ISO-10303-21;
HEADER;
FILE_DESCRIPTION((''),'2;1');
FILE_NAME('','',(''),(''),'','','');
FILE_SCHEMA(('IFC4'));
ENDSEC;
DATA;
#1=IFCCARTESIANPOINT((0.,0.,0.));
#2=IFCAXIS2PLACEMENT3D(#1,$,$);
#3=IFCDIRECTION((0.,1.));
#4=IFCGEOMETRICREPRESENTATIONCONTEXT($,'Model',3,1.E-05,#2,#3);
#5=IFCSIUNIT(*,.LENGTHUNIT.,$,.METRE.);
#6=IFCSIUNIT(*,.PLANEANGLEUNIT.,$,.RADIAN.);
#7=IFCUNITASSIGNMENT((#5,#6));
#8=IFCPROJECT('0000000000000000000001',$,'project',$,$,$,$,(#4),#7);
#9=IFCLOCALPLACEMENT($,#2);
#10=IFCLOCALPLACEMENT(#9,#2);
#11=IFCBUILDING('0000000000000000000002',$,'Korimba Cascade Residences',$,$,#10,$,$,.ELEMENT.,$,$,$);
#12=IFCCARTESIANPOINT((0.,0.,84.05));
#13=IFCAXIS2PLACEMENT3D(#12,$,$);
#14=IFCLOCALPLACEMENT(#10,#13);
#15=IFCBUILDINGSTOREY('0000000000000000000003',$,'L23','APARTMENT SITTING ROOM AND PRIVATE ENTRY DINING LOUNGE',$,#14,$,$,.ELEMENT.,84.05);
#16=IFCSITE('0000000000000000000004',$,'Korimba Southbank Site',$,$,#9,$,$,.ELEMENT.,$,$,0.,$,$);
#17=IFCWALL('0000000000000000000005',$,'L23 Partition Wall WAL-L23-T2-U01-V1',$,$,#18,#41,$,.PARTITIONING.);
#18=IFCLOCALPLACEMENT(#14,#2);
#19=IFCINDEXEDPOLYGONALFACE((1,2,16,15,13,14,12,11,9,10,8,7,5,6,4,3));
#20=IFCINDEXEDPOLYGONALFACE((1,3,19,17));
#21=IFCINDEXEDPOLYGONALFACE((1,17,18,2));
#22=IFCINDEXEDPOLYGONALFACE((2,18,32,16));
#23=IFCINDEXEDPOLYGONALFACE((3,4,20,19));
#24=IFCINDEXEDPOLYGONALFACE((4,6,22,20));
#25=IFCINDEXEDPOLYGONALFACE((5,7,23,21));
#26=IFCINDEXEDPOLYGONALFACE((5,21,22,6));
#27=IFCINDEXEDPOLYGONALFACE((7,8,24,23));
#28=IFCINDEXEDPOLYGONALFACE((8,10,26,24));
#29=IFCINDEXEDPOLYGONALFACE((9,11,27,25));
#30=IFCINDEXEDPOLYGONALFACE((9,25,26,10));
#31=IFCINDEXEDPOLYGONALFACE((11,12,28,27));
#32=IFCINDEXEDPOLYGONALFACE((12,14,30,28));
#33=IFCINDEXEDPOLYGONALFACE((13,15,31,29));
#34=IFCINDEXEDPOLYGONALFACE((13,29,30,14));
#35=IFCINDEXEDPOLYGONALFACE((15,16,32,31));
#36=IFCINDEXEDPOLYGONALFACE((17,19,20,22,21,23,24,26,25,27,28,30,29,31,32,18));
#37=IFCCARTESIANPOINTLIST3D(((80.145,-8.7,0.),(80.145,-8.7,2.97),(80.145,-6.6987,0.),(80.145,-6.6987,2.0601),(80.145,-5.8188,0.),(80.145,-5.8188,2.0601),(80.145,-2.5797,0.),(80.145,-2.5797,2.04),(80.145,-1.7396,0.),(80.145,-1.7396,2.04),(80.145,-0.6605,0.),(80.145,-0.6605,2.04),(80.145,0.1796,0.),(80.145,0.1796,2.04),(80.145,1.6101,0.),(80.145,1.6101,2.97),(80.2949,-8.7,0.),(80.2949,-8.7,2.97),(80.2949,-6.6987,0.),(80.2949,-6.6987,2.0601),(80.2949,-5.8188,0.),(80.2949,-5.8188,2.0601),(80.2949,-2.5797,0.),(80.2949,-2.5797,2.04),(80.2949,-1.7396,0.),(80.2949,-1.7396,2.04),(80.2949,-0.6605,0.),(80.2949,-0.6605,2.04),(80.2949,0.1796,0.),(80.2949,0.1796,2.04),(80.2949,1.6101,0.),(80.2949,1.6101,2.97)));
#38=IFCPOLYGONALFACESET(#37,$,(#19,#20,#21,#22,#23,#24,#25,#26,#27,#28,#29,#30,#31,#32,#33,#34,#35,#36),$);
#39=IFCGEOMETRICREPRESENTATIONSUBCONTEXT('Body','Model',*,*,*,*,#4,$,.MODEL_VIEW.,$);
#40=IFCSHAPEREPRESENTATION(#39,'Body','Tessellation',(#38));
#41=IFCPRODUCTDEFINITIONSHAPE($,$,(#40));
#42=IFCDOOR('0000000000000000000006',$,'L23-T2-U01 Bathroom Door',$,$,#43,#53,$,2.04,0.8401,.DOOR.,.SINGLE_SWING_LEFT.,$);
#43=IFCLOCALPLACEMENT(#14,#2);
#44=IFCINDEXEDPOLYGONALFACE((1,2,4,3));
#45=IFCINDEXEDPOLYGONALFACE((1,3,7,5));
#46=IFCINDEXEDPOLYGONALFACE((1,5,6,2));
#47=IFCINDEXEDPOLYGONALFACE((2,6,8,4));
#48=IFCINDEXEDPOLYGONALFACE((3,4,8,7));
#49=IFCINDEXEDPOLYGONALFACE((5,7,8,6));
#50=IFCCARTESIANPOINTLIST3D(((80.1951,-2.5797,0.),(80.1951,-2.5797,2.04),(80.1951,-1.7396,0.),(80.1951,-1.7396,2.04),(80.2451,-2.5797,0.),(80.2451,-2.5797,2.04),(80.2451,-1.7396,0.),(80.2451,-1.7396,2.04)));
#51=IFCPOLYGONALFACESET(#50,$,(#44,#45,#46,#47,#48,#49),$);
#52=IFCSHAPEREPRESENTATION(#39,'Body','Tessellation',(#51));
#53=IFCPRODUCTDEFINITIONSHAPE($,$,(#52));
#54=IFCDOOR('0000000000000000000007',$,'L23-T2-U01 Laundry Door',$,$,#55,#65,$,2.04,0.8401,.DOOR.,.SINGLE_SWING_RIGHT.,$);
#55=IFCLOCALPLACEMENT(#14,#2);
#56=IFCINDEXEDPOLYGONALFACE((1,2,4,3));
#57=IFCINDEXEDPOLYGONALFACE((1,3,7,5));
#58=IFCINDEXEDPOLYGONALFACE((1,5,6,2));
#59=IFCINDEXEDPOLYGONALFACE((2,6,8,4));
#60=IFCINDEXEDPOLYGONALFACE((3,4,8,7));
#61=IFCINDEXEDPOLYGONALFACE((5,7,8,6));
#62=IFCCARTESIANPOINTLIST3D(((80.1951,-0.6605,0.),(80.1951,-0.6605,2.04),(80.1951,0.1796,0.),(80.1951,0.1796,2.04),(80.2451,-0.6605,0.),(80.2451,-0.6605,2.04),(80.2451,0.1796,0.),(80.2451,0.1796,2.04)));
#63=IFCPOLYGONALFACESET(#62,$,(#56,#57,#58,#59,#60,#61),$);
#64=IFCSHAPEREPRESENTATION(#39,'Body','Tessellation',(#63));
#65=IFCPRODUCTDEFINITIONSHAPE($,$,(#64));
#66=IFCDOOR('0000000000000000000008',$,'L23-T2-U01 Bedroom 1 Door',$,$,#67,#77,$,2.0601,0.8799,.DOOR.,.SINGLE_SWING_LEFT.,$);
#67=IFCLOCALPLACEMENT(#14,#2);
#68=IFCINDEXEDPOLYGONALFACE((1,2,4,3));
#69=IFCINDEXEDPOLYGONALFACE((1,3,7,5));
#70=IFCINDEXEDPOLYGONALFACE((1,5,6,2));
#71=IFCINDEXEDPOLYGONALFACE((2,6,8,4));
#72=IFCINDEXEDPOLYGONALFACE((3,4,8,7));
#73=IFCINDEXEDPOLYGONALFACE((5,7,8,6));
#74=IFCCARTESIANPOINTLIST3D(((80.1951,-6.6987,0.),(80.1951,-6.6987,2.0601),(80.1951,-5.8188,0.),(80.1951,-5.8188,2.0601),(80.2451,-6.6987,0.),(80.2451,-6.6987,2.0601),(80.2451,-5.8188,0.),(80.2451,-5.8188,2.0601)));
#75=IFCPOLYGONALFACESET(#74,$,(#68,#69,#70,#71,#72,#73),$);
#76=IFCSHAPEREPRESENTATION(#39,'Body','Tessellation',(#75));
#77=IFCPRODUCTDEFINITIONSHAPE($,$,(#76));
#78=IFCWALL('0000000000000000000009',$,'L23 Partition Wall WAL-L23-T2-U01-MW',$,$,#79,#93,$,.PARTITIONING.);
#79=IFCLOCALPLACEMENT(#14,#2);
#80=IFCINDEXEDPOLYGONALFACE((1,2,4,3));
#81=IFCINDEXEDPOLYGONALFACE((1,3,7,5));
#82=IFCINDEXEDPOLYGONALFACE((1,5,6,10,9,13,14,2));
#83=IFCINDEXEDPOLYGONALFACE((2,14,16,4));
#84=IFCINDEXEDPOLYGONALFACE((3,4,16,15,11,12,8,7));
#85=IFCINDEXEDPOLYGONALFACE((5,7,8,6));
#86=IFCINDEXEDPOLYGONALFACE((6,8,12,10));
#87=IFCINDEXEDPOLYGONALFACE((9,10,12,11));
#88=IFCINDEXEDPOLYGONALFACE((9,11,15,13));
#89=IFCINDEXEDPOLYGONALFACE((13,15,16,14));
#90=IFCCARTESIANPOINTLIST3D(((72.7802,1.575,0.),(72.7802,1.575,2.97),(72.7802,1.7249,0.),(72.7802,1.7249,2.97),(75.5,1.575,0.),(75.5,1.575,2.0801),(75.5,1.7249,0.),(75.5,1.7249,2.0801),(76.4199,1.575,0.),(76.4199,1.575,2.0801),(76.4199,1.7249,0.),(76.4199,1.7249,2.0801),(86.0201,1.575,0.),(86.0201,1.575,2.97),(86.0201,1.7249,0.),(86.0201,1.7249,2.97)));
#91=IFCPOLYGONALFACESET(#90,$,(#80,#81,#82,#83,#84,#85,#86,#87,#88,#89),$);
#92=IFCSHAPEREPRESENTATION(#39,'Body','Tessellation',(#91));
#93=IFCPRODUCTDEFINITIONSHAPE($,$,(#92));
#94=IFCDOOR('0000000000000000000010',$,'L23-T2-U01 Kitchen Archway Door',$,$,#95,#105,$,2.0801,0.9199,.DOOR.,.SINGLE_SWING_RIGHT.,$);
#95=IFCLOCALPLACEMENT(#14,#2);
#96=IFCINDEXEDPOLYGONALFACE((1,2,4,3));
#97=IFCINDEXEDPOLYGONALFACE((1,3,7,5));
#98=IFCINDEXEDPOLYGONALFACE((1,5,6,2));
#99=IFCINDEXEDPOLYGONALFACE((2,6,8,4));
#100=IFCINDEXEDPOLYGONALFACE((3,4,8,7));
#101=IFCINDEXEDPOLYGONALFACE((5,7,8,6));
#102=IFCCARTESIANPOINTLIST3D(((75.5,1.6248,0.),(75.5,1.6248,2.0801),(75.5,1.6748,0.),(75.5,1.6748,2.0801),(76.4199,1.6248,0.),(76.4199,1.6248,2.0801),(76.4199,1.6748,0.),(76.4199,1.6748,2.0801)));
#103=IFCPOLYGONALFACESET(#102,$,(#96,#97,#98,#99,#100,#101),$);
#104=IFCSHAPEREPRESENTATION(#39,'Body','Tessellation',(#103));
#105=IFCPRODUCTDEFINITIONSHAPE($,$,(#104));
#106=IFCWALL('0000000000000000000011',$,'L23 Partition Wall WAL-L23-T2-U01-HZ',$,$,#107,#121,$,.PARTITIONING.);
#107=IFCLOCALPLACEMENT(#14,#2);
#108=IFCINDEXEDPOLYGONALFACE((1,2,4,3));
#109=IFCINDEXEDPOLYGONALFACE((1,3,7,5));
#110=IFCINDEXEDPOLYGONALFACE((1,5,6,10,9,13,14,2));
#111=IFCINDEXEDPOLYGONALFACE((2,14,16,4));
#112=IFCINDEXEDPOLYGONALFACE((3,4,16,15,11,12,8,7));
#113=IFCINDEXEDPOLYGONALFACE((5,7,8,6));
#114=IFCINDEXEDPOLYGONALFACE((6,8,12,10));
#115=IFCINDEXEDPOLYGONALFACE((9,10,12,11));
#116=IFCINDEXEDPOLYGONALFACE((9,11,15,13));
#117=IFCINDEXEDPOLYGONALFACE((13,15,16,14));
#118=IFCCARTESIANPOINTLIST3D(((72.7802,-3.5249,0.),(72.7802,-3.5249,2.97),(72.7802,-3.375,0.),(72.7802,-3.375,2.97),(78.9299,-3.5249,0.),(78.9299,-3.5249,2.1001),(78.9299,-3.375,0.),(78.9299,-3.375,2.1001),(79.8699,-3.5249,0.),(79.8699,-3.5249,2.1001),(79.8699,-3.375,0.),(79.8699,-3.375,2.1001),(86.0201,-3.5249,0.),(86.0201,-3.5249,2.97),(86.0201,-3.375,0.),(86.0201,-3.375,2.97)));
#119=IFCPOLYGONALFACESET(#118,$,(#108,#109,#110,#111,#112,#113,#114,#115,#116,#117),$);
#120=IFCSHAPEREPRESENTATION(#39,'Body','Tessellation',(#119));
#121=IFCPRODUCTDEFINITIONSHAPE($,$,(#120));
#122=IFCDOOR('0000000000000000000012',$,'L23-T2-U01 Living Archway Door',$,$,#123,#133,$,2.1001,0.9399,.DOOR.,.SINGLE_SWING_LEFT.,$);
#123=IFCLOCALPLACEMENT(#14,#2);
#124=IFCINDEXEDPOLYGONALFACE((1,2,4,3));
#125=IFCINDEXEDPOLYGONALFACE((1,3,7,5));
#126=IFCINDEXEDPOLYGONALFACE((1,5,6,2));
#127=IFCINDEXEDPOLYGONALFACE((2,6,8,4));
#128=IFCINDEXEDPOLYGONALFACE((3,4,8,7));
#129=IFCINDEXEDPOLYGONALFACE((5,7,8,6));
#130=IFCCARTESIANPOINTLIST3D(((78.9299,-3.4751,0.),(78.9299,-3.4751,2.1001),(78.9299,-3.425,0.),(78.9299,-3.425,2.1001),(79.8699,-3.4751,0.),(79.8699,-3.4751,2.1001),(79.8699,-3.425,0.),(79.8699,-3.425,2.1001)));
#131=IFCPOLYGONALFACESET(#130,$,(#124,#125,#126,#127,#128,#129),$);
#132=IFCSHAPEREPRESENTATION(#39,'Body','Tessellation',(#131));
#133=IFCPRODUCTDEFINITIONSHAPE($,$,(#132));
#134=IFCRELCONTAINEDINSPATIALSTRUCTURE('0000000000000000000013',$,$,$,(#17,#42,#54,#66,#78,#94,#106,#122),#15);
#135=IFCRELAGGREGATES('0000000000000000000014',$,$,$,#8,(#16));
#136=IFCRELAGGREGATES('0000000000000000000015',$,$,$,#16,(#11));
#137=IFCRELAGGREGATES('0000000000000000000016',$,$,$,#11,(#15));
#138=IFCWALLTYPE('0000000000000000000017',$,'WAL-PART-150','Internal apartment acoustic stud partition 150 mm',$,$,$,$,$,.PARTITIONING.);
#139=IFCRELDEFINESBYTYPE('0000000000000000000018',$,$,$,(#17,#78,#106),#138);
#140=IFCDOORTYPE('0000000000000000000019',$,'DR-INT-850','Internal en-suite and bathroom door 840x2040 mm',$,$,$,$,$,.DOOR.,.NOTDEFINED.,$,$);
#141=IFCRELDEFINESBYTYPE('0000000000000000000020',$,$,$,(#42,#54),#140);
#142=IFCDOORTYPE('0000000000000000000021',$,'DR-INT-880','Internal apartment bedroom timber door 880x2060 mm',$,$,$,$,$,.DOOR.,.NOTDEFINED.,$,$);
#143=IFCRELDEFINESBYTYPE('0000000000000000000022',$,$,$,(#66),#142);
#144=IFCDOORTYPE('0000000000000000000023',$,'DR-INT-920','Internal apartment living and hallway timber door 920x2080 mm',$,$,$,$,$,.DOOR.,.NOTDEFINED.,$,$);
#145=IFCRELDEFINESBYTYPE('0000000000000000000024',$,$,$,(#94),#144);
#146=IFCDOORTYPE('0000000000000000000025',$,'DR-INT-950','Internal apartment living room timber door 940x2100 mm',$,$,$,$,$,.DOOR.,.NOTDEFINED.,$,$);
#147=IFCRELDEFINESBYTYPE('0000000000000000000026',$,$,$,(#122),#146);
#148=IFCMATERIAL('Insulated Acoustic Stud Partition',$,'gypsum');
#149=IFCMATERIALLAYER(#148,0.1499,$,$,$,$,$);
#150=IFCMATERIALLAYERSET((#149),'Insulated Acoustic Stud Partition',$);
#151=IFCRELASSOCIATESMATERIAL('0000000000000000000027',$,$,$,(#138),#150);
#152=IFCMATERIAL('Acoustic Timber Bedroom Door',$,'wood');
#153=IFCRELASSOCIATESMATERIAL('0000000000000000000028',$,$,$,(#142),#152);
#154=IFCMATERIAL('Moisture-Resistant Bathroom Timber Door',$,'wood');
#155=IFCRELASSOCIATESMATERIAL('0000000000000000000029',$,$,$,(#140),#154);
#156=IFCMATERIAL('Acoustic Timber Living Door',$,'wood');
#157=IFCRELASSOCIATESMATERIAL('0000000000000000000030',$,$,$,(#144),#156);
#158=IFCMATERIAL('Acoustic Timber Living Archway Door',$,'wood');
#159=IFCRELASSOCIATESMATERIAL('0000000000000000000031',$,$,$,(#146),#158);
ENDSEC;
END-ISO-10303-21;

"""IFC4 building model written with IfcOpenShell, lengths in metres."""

from ifc_helpers import new_model, si_unit, direction, frame, frame_2d, origin, place, context, subcontext, project, spatial, rectangle, extrude, material, layer, layer_set, type_object, element, fill, save


model = new_model("IFC4")

# Units and contexts
model_context = context("Model", 3, precision=1e-05, world=origin(), true_north=direction((0.0, 1.0)))
body_context = subcontext(model_context, "Body", "Model", "MODEL_VIEW")
ifc_project = project(units=[si_unit("LENGTHUNIT", "METRE"), si_unit("PLANEANGLEUNIT", "RADIAN")], contexts=[model_context])

# Site, building, storey
site_placement = place(None, origin())
site = spatial("IfcSite", under=ifc_project, at=site_placement, Name="Korimba Southbank Site", CompositionType="ELEMENT", RefElevation=0.0)
building_placement = place(site_placement, origin())
building = spatial("IfcBuilding", under=site, at=building_placement, Name="Korimba Cascade Residences", CompositionType="ELEMENT")
storey_placement = place(building_placement, frame((0.0, 0.0, 84.05)))
storey = spatial("IfcBuildingStorey", under=building, at=storey_placement, Name="L23", Description="APARTMENT SITTING ROOM AND PRIVATE ENTRY DINING LOUNGE", CompositionType="ELEMENT", Elevation=84.05)

# Shared definitions
ifc_material_1 = material(Name="Insulated Acoustic Stud Partition", Category="gypsum")
ifc_layer_1 = layer(ifc_material_1, 0.1499)
ifc_layer_set_1 = layer_set([ifc_layer_1], Name="Insulated Acoustic Stud Partition")
wall_type_1 = type_object("IfcWallType", Name="WAL-PART-150", Description="Internal apartment acoustic stud partition 150 mm", PredefinedType="PARTITIONING", material=ifc_layer_set_1)
ifc_material_2 = material(Name="Acoustic Timber Bedroom Door", Category="wood")
door_type_1 = type_object("IfcDoorType", Name="DR-INT-880", Description="Internal apartment bedroom timber door 880x2060 mm", OperationType="NOTDEFINED", PredefinedType="DOOR", material=ifc_material_2)

# Wall, openings, doors
wall_1_placement = place(storey_placement, frame((80.22, -8.7, 0.0), z_axis=(0.0, 0.0, 1.0), x_axis=(0.0, 1.0, 0.0)))
wall_1 = element("IfcWall", 1, at=wall_1_placement, inside=storey, type_object=wall_type_1, Name="L23 Partition Wall WAL-L23-T2-U01-V1", PredefinedType="PARTITIONING", context=body_context, shape_type="SweptSolid", body=[
    extrude(rectangle(XDim=10.3101, YDim=0.1499, at=frame_2d((5.155, 0.0))), origin(), (0.0, 0.0, 1.0), 2.97),
])
opening_1_placement = place(wall_1_placement, frame((6.1204, 0.0, 0.0)))
opening_1 = element("IfcOpeningElement", 2, at=opening_1_placement, cuts=wall_1, PredefinedType="OPENING", context=body_context, shape_type="SweptSolid", body=[
    extrude(rectangle(XDim=0.8401, YDim=2.04, at=frame_2d((0.4199, 1.02))), frame((0.0, 0.085, 0.0), z_axis=(0.0, -1.0, 0.0), x_axis=(1.0, 0.0, 0.0)), (0.0, 0.0, 1.0), 0.1699),
])
opening_2_placement = place(wall_1_placement, frame((8.0396, 0.0, 0.0)))
opening_2 = element("IfcOpeningElement", 3, at=opening_2_placement, cuts=wall_1, PredefinedType="OPENING", context=body_context, shape_type="SweptSolid", body=[
    extrude(rectangle(XDim=0.8401, YDim=2.04, at=frame_2d((0.4199, 1.02))), frame((0.0, 0.085, 0.0), z_axis=(0.0, -1.0, 0.0), x_axis=(1.0, 0.0, 0.0)), (0.0, 0.0, 1.0), 0.1699),
])
opening_3_placement = place(wall_1_placement, frame((2.0012, 0.0, 0.0)))
opening_3 = element("IfcOpeningElement", 4, at=opening_3_placement, cuts=wall_1, PredefinedType="OPENING", context=body_context, shape_type="SweptSolid", body=[
    extrude(rectangle(XDim=0.8799, YDim=2.0601, at=frame_2d((0.4399, 1.03))), frame((0.0, 0.085, 0.0), z_axis=(0.0, -1.0, 0.0), x_axis=(1.0, 0.0, 0.0)), (0.0, 0.0, 1.0), 0.1699),
])
ifc_material_3 = material(Name="Moisture-Resistant Bathroom Timber Door", Category="wood")
door_type_2 = type_object("IfcDoorType", Name="DR-INT-850", Description="Internal en-suite and bathroom door 840x2040 mm", OperationType="NOTDEFINED", PredefinedType="DOOR", material=ifc_material_3)
door_1_placement = place(opening_1_placement, origin())
door_1 = element("IfcDoor", 5, at=door_1_placement, inside=storey, type_object=door_type_2, Name="L23-T2-U01 Bathroom Door", OperationType="SINGLE_SWING_LEFT", OverallHeight=2.04, OverallWidth=0.8401, PredefinedType="DOOR", context=body_context, shape_type="SweptSolid", body=[
    extrude(rectangle(XDim=0.8401, YDim=2.04, at=frame_2d((0.4199, 1.02))), frame((0.0, 0.0249, 0.0), z_axis=(0.0, -1.0, 0.0), x_axis=(1.0, 0.0, 0.0)), (0.0, 0.0, 1.0), 0.05),
])
fill(opening_1, door_1)
door_2_placement = place(opening_2_placement, origin())
door_2 = element("IfcDoor", 6, at=door_2_placement, inside=storey, type_object=door_type_2, Name="L23-T2-U01 Laundry Door", OperationType="SINGLE_SWING_RIGHT", OverallHeight=2.04, OverallWidth=0.8401, PredefinedType="DOOR", context=body_context, shape_type="SweptSolid", body=[
    extrude(rectangle(XDim=0.8401, YDim=2.04, at=frame_2d((0.4199, 1.02))), frame((0.0, 0.0249, 0.0), z_axis=(0.0, -1.0, 0.0), x_axis=(1.0, 0.0, 0.0)), (0.0, 0.0, 1.0), 0.05),
])
fill(opening_2, door_2)
door_3_placement = place(opening_3_placement, origin())
door_3 = element("IfcDoor", 7, at=door_3_placement, inside=storey, type_object=door_type_1, Name="L23-T2-U01 Bedroom 1 Door", OperationType="SINGLE_SWING_LEFT", OverallHeight=2.0601, OverallWidth=0.8799, PredefinedType="DOOR", context=body_context, shape_type="SweptSolid", body=[
    extrude(rectangle(XDim=0.8799, YDim=2.0601, at=frame_2d((0.4399, 1.03))), frame((0.0, 0.0249, 0.0), z_axis=(0.0, -1.0, 0.0), x_axis=(1.0, 0.0, 0.0)), (0.0, 0.0, 1.0), 0.05),
])
fill(opening_3, door_3)

# Walls, openings, doors
wall_2_placement = place(storey_placement, frame((72.78, 1.6499, 0.0), z_axis=(0.0, 0.0, 1.0), x_axis=(1.0, 0.0, 0.0)))
wall_2 = element("IfcWall", 8, at=wall_2_placement, inside=storey, type_object=wall_type_1, Name="L23 Partition Wall WAL-L23-T2-U01-MW", PredefinedType="PARTITIONING", context=body_context, shape_type="SweptSolid", body=[
    extrude(rectangle(XDim=13.24, YDim=0.1499, at=frame_2d((6.6201, 0.0))), origin(), (0.0, 0.0, 1.0), 2.97),
])
opening_4_placement = place(wall_2_placement, frame((2.72, 0.0, 0.0)))
opening_4 = element("IfcOpeningElement", 9, at=opening_4_placement, cuts=wall_2, PredefinedType="OPENING", context=body_context, shape_type="SweptSolid", body=[
    extrude(rectangle(XDim=0.9199, YDim=2.0801, at=frame_2d((0.46, 1.04))), frame((0.0, 0.085, 0.0), z_axis=(0.0, -1.0, 0.0), x_axis=(1.0, 0.0, 0.0)), (0.0, 0.0, 1.0), 0.1699),
])
ifc_material_4 = material(Name="Acoustic Timber Living Door", Category="wood")
door_type_3 = type_object("IfcDoorType", Name="DR-INT-920", Description="Internal apartment living and hallway timber door 920x2080 mm", OperationType="NOTDEFINED", PredefinedType="DOOR", material=ifc_material_4)
door_4_placement = place(opening_4_placement, origin())
door_4 = element("IfcDoor", 10, at=door_4_placement, inside=storey, type_object=door_type_3, Name="L23-T2-U01 Kitchen Archway Door", OperationType="SINGLE_SWING_RIGHT", OverallHeight=2.0801, OverallWidth=0.9199, PredefinedType="DOOR", context=body_context, shape_type="SweptSolid", body=[
    extrude(rectangle(XDim=0.9199, YDim=2.0801, at=frame_2d((0.46, 1.04))), frame((0.0, 0.0249, 0.0), z_axis=(0.0, -1.0, 0.0), x_axis=(1.0, 0.0, 0.0)), (0.0, 0.0, 1.0), 0.05),
])
fill(opening_4, door_4)
wall_3_placement = place(storey_placement, frame((72.78, -3.45, 0.0), z_axis=(0.0, 0.0, 1.0), x_axis=(1.0, 0.0, 0.0)))
wall_3 = element("IfcWall", 11, at=wall_3_placement, inside=storey, type_object=wall_type_1, Name="L23 Partition Wall WAL-L23-T2-U01-HZ", PredefinedType="PARTITIONING", context=body_context, shape_type="SweptSolid", body=[
    extrude(rectangle(XDim=13.24, YDim=0.1499, at=frame_2d((6.6201, 0.0))), origin(), (0.0, 0.0, 1.0), 2.97),
])
opening_5_placement = place(wall_3_placement, frame((6.1499, 0.0, 0.0)))
opening_5 = element("IfcOpeningElement", 12, at=opening_5_placement, cuts=wall_3, PredefinedType="OPENING", context=body_context, shape_type="SweptSolid", body=[
    extrude(rectangle(XDim=0.9399, YDim=2.1001, at=frame_2d((0.47, 1.05))), frame((0.0, 0.085, 0.0), z_axis=(0.0, -1.0, 0.0), x_axis=(1.0, 0.0, 0.0)), (0.0, 0.0, 1.0), 0.1699),
])
ifc_material_5 = material(Name="Acoustic Timber Living Archway Door", Category="wood")
door_type_4 = type_object("IfcDoorType", Name="DR-INT-950", Description="Internal apartment living room timber door 940x2100 mm", OperationType="NOTDEFINED", PredefinedType="DOOR", material=ifc_material_5)
door_5_placement = place(opening_5_placement, origin())
door_5 = element("IfcDoor", 13, at=door_5_placement, inside=storey, type_object=door_type_4, Name="L23-T2-U01 Living Archway Door", OperationType="SINGLE_SWING_LEFT", OverallHeight=2.1001, OverallWidth=0.9399, PredefinedType="DOOR", context=body_context, shape_type="SweptSolid", body=[
    extrude(rectangle(XDim=0.9399, YDim=2.1001, at=frame_2d((0.47, 1.05))), frame((0.0, 0.0249, 0.0), z_axis=(0.0, -1.0, 0.0), x_axis=(1.0, 0.0, 0.0)), (0.0, 0.0, 1.0), 0.05),
])
fill(opening_5, door_5)

save(model, "model.ifc")
